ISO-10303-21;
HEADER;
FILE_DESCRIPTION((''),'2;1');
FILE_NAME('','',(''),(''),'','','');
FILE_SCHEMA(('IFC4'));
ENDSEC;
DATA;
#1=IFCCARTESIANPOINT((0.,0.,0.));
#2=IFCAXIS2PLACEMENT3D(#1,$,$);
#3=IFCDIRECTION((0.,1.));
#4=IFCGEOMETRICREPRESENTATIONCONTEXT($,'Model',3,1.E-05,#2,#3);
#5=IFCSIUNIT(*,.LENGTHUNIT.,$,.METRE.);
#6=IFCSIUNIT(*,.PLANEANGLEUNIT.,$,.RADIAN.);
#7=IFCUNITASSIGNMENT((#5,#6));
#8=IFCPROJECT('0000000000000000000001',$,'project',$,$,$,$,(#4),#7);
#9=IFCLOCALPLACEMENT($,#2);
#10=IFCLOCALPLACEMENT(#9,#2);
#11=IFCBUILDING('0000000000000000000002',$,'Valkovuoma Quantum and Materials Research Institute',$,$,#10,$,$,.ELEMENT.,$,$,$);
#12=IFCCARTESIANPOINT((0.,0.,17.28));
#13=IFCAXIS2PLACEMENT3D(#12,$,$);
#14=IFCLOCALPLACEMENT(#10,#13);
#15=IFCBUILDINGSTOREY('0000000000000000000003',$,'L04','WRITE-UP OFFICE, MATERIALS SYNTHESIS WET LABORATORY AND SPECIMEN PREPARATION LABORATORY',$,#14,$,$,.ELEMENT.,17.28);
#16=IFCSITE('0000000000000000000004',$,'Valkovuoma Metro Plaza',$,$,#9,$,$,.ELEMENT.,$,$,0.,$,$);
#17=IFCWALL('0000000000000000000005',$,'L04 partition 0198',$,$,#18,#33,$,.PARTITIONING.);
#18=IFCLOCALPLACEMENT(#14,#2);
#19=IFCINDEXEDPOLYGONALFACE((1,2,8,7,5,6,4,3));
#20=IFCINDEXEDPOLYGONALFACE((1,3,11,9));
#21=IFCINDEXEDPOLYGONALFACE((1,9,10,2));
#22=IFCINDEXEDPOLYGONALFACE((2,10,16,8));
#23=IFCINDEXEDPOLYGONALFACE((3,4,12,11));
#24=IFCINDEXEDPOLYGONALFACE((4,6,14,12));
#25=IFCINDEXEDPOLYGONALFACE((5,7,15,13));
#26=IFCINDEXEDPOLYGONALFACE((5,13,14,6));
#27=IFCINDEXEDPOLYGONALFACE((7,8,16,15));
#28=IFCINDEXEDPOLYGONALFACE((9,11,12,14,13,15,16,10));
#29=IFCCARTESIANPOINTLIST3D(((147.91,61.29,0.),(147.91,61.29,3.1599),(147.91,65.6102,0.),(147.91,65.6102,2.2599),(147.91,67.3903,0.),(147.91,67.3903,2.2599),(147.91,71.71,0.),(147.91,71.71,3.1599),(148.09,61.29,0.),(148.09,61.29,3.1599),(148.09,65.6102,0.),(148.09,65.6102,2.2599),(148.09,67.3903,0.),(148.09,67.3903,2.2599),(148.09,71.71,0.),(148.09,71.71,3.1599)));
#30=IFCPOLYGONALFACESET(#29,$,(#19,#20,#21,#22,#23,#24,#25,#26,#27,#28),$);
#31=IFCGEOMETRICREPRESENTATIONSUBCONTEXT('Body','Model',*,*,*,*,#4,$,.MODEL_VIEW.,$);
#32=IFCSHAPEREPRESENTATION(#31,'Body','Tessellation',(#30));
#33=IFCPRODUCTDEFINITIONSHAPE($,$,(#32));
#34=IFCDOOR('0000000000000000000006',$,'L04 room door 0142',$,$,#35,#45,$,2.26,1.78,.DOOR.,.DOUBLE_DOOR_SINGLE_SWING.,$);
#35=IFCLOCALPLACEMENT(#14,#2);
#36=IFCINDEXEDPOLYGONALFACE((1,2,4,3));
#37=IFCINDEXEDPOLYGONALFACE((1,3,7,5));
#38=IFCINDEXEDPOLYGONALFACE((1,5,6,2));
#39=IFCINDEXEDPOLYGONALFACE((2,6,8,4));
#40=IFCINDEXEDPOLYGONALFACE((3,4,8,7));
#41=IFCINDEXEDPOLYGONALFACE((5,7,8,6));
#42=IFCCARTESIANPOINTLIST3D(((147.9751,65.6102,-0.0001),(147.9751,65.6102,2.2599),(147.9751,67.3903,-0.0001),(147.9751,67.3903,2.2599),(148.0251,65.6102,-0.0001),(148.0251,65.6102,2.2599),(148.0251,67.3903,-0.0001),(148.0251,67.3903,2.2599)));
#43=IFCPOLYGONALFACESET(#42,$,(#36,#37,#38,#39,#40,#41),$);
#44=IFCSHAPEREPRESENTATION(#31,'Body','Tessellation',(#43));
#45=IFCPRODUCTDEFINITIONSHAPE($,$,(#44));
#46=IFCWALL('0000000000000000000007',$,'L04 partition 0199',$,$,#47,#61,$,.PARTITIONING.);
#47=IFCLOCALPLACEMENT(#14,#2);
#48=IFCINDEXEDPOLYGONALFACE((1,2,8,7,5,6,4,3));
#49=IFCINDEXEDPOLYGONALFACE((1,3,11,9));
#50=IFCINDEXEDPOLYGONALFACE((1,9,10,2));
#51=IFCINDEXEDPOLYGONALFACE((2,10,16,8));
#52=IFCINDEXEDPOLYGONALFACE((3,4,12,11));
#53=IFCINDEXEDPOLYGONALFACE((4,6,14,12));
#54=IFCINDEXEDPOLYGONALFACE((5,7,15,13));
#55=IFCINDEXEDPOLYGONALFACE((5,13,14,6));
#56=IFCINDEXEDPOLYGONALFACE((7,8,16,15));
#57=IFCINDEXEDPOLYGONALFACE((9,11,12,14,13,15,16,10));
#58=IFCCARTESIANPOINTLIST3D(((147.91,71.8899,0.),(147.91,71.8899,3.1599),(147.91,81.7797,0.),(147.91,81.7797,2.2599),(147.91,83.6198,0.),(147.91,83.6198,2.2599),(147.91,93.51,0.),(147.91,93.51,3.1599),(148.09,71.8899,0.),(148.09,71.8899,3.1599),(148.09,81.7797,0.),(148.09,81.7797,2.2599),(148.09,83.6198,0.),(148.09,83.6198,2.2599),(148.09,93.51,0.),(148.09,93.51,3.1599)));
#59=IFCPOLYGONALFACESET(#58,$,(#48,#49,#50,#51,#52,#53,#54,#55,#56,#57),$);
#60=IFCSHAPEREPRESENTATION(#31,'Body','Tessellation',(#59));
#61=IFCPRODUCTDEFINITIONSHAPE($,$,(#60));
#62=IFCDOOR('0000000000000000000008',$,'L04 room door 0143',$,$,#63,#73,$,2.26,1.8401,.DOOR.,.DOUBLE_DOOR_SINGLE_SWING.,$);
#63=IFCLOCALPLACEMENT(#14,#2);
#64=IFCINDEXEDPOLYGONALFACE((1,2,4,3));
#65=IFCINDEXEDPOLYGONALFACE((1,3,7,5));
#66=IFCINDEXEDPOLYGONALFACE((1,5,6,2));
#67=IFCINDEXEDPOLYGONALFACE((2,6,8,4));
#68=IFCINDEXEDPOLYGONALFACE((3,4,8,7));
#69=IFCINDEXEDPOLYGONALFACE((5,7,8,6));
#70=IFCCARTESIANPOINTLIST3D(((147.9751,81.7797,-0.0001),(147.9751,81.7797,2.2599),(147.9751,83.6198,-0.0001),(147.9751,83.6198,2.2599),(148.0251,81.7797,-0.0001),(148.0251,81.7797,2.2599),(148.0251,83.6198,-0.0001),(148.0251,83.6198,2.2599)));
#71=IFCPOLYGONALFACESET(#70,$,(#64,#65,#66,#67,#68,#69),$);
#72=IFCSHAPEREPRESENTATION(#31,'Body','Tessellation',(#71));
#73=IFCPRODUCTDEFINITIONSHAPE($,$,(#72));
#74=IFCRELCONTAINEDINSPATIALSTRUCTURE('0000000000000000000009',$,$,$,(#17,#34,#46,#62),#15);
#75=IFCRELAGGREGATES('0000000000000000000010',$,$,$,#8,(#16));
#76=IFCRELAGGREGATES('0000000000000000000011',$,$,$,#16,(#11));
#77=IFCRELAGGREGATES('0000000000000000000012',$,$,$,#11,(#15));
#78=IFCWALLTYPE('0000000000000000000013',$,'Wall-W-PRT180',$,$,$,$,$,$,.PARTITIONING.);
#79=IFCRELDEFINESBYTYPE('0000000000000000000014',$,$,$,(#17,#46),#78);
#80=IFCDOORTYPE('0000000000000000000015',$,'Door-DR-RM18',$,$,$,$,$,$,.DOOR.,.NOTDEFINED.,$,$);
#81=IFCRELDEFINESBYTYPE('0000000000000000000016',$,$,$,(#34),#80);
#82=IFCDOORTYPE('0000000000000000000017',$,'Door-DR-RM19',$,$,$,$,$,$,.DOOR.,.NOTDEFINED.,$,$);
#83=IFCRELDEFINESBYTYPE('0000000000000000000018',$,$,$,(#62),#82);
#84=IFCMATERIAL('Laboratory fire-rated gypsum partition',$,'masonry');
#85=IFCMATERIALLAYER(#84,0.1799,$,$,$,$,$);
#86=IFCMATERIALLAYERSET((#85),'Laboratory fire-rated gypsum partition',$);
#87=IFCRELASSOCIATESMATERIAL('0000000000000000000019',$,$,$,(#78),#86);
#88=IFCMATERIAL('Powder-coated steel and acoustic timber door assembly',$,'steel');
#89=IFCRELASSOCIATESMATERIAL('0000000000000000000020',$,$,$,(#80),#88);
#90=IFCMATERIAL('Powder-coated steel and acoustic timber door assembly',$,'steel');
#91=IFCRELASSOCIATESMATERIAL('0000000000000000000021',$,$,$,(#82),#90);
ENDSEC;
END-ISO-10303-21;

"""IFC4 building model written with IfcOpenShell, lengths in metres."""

from ifc_helpers import new_model, si_unit, direction, frame, frame_2d, origin, place, context, subcontext, project, spatial, rectangle, extrude, material, layer, layer_set, type_object, element, fill, save


model = new_model("IFC4")

# Units and contexts
model_context = context("Model", 3, precision=1e-05, world=origin(), true_north=direction((0.0, 1.0)))
body_context = subcontext(model_context, "Body", "Model", "MODEL_VIEW")
ifc_project = project(units=[si_unit("LENGTHUNIT", "METRE"), si_unit("PLANEANGLEUNIT", "RADIAN")], contexts=[model_context])

# Site, building, storey
site_placement = place(None, origin())
site = spatial("IfcSite", under=ifc_project, at=site_placement, Name="Valkovuoma Metro Plaza", CompositionType="ELEMENT", RefElevation=0.0)
building_placement = place(site_placement, origin())
building = spatial("IfcBuilding", under=site, at=building_placement, Name="Valkovuoma Quantum and Materials Research Institute", CompositionType="ELEMENT")
storey_placement = place(building_placement, frame((0.0, 0.0, 17.28)))
storey = spatial("IfcBuildingStorey", under=building, at=storey_placement, Name="L04", Description="WRITE-UP OFFICE, MATERIALS SYNTHESIS WET LABORATORY AND SPECIMEN PREPARATION LABORATORY", CompositionType="ELEMENT", Elevation=17.28)

# Shared definitions
ifc_material_1 = material(Name="Laboratory fire-rated gypsum partition", Category="masonry")
ifc_layer = layer(ifc_material_1, 0.1799)
ifc_layer_set = layer_set([ifc_layer], Name="Laboratory fire-rated gypsum partition")
wall_type = type_object("IfcWallType", Name="Wall-W-PRT180", PredefinedType="PARTITIONING", material=ifc_layer_set)

# Walls, openings, doors
wall_1_placement = place(storey_placement, frame((148.0, 61.29, 0.0), z_axis=(0.0, 0.0, 1.0), x_axis=(0.0, 1.0, 0.0)))
wall_1 = element("IfcWall", 1, at=wall_1_placement, inside=storey, type_object=wall_type, Name="L04 partition 0198", PredefinedType="PARTITIONING", context=body_context, shape_type="SweptSolid", body=[
    extrude(rectangle(XDim=10.4199, YDim=0.1799, at=frame_2d((5.21, 0.0))), origin(), (0.0, 0.0, 1.0), 3.1599),
])
opening_1_placement = place(wall_1_placement, frame((4.3201, 0.0, 0.0)))
opening_1 = element("IfcOpeningElement", 2, at=opening_1_placement, cuts=wall_1, PredefinedType="OPENING", context=body_context, shape_type="SweptSolid", body=[
    extrude(rectangle(XDim=1.78, YDim=2.26, at=frame_2d((0.8901, 1.1299))), frame((0.0, 0.1001, 0.0), z_axis=(0.0, -1.0, 0.0), x_axis=(1.0, 0.0, 0.0)), (0.0, 0.0, 1.0), 0.2),
])
ifc_material_2 = material(Name="Powder-coated steel and acoustic timber door assembly", Category="steel")
door_type_1 = type_object("IfcDoorType", Name="Door-DR-RM18", OperationType="NOTDEFINED", PredefinedType="DOOR", material=ifc_material_2)
door_1_placement = place(opening_1_placement, origin())
door_1 = element("IfcDoor", 3, at=door_1_placement, inside=storey, type_object=door_type_1, Name="L04 room door 0142", OperationType="DOUBLE_DOOR_SINGLE_SWING", OverallHeight=2.26, OverallWidth=1.78, PredefinedType="DOOR", context=body_context, shape_type="SweptSolid", body=[
    extrude(rectangle(XDim=1.78, YDim=2.26, at=frame_2d((0.8901, 1.1299))), frame((0.0, 0.0249, 0.0), z_axis=(0.0, -1.0, 0.0), x_axis=(1.0, 0.0, 0.0)), (0.0, 0.0, 1.0), 0.05),
])
fill(opening_1, door_1)
wall_2_placement = place(storey_placement, frame((148.0, 71.8899, 0.0), z_axis=(0.0, 0.0, 1.0), x_axis=(0.0, 1.0, 0.0)))
wall_2 = element("IfcWall", 4, at=wall_2_placement, inside=storey, type_object=wall_type, Name="L04 partition 0199", PredefinedType="PARTITIONING", context=body_context, shape_type="SweptSolid", body=[
    extrude(rectangle(XDim=21.6201, YDim=0.1799, at=frame_2d((10.8101, 0.0))), origin(), (0.0, 0.0, 1.0), 3.1599),
])
opening_2_placement = place(wall_2_placement, frame((9.8899, 0.0, 0.0)))
opening_2 = element("IfcOpeningElement", 5, at=opening_2_placement, cuts=wall_2, PredefinedType="OPENING", context=body_context, shape_type="SweptSolid", body=[
    extrude(rectangle(XDim=1.8401, YDim=2.26, at=frame_2d((0.9199, 1.1299))), frame((0.0, 0.1001, 0.0), z_axis=(0.0, -1.0, 0.0), x_axis=(1.0, 0.0, 0.0)), (0.0, 0.0, 1.0), 0.2),
])
ifc_material_3 = material(Name="Powder-coated steel and acoustic timber door assembly", Category="steel")
door_type_2 = type_object("IfcDoorType", Name="Door-DR-RM19", OperationType="NOTDEFINED", PredefinedType="DOOR", material=ifc_material_3)
door_2_placement = place(opening_2_placement, origin())
door_2 = element("IfcDoor", 6, at=door_2_placement, inside=storey, type_object=door_type_2, Name="L04 room door 0143", OperationType="DOUBLE_DOOR_SINGLE_SWING", OverallHeight=2.26, OverallWidth=1.8401, PredefinedType="DOOR", context=body_context, shape_type="SweptSolid", body=[
    extrude(rectangle(XDim=1.8401, YDim=2.26, at=frame_2d((0.9199, 1.1299))), frame((0.0, 0.0249, 0.0), z_axis=(0.0, -1.0, 0.0), x_axis=(1.0, 0.0, 0.0)), (0.0, 0.0, 1.0), 0.05),
])
fill(opening_2, door_2)

save(model, "model.ifc")
